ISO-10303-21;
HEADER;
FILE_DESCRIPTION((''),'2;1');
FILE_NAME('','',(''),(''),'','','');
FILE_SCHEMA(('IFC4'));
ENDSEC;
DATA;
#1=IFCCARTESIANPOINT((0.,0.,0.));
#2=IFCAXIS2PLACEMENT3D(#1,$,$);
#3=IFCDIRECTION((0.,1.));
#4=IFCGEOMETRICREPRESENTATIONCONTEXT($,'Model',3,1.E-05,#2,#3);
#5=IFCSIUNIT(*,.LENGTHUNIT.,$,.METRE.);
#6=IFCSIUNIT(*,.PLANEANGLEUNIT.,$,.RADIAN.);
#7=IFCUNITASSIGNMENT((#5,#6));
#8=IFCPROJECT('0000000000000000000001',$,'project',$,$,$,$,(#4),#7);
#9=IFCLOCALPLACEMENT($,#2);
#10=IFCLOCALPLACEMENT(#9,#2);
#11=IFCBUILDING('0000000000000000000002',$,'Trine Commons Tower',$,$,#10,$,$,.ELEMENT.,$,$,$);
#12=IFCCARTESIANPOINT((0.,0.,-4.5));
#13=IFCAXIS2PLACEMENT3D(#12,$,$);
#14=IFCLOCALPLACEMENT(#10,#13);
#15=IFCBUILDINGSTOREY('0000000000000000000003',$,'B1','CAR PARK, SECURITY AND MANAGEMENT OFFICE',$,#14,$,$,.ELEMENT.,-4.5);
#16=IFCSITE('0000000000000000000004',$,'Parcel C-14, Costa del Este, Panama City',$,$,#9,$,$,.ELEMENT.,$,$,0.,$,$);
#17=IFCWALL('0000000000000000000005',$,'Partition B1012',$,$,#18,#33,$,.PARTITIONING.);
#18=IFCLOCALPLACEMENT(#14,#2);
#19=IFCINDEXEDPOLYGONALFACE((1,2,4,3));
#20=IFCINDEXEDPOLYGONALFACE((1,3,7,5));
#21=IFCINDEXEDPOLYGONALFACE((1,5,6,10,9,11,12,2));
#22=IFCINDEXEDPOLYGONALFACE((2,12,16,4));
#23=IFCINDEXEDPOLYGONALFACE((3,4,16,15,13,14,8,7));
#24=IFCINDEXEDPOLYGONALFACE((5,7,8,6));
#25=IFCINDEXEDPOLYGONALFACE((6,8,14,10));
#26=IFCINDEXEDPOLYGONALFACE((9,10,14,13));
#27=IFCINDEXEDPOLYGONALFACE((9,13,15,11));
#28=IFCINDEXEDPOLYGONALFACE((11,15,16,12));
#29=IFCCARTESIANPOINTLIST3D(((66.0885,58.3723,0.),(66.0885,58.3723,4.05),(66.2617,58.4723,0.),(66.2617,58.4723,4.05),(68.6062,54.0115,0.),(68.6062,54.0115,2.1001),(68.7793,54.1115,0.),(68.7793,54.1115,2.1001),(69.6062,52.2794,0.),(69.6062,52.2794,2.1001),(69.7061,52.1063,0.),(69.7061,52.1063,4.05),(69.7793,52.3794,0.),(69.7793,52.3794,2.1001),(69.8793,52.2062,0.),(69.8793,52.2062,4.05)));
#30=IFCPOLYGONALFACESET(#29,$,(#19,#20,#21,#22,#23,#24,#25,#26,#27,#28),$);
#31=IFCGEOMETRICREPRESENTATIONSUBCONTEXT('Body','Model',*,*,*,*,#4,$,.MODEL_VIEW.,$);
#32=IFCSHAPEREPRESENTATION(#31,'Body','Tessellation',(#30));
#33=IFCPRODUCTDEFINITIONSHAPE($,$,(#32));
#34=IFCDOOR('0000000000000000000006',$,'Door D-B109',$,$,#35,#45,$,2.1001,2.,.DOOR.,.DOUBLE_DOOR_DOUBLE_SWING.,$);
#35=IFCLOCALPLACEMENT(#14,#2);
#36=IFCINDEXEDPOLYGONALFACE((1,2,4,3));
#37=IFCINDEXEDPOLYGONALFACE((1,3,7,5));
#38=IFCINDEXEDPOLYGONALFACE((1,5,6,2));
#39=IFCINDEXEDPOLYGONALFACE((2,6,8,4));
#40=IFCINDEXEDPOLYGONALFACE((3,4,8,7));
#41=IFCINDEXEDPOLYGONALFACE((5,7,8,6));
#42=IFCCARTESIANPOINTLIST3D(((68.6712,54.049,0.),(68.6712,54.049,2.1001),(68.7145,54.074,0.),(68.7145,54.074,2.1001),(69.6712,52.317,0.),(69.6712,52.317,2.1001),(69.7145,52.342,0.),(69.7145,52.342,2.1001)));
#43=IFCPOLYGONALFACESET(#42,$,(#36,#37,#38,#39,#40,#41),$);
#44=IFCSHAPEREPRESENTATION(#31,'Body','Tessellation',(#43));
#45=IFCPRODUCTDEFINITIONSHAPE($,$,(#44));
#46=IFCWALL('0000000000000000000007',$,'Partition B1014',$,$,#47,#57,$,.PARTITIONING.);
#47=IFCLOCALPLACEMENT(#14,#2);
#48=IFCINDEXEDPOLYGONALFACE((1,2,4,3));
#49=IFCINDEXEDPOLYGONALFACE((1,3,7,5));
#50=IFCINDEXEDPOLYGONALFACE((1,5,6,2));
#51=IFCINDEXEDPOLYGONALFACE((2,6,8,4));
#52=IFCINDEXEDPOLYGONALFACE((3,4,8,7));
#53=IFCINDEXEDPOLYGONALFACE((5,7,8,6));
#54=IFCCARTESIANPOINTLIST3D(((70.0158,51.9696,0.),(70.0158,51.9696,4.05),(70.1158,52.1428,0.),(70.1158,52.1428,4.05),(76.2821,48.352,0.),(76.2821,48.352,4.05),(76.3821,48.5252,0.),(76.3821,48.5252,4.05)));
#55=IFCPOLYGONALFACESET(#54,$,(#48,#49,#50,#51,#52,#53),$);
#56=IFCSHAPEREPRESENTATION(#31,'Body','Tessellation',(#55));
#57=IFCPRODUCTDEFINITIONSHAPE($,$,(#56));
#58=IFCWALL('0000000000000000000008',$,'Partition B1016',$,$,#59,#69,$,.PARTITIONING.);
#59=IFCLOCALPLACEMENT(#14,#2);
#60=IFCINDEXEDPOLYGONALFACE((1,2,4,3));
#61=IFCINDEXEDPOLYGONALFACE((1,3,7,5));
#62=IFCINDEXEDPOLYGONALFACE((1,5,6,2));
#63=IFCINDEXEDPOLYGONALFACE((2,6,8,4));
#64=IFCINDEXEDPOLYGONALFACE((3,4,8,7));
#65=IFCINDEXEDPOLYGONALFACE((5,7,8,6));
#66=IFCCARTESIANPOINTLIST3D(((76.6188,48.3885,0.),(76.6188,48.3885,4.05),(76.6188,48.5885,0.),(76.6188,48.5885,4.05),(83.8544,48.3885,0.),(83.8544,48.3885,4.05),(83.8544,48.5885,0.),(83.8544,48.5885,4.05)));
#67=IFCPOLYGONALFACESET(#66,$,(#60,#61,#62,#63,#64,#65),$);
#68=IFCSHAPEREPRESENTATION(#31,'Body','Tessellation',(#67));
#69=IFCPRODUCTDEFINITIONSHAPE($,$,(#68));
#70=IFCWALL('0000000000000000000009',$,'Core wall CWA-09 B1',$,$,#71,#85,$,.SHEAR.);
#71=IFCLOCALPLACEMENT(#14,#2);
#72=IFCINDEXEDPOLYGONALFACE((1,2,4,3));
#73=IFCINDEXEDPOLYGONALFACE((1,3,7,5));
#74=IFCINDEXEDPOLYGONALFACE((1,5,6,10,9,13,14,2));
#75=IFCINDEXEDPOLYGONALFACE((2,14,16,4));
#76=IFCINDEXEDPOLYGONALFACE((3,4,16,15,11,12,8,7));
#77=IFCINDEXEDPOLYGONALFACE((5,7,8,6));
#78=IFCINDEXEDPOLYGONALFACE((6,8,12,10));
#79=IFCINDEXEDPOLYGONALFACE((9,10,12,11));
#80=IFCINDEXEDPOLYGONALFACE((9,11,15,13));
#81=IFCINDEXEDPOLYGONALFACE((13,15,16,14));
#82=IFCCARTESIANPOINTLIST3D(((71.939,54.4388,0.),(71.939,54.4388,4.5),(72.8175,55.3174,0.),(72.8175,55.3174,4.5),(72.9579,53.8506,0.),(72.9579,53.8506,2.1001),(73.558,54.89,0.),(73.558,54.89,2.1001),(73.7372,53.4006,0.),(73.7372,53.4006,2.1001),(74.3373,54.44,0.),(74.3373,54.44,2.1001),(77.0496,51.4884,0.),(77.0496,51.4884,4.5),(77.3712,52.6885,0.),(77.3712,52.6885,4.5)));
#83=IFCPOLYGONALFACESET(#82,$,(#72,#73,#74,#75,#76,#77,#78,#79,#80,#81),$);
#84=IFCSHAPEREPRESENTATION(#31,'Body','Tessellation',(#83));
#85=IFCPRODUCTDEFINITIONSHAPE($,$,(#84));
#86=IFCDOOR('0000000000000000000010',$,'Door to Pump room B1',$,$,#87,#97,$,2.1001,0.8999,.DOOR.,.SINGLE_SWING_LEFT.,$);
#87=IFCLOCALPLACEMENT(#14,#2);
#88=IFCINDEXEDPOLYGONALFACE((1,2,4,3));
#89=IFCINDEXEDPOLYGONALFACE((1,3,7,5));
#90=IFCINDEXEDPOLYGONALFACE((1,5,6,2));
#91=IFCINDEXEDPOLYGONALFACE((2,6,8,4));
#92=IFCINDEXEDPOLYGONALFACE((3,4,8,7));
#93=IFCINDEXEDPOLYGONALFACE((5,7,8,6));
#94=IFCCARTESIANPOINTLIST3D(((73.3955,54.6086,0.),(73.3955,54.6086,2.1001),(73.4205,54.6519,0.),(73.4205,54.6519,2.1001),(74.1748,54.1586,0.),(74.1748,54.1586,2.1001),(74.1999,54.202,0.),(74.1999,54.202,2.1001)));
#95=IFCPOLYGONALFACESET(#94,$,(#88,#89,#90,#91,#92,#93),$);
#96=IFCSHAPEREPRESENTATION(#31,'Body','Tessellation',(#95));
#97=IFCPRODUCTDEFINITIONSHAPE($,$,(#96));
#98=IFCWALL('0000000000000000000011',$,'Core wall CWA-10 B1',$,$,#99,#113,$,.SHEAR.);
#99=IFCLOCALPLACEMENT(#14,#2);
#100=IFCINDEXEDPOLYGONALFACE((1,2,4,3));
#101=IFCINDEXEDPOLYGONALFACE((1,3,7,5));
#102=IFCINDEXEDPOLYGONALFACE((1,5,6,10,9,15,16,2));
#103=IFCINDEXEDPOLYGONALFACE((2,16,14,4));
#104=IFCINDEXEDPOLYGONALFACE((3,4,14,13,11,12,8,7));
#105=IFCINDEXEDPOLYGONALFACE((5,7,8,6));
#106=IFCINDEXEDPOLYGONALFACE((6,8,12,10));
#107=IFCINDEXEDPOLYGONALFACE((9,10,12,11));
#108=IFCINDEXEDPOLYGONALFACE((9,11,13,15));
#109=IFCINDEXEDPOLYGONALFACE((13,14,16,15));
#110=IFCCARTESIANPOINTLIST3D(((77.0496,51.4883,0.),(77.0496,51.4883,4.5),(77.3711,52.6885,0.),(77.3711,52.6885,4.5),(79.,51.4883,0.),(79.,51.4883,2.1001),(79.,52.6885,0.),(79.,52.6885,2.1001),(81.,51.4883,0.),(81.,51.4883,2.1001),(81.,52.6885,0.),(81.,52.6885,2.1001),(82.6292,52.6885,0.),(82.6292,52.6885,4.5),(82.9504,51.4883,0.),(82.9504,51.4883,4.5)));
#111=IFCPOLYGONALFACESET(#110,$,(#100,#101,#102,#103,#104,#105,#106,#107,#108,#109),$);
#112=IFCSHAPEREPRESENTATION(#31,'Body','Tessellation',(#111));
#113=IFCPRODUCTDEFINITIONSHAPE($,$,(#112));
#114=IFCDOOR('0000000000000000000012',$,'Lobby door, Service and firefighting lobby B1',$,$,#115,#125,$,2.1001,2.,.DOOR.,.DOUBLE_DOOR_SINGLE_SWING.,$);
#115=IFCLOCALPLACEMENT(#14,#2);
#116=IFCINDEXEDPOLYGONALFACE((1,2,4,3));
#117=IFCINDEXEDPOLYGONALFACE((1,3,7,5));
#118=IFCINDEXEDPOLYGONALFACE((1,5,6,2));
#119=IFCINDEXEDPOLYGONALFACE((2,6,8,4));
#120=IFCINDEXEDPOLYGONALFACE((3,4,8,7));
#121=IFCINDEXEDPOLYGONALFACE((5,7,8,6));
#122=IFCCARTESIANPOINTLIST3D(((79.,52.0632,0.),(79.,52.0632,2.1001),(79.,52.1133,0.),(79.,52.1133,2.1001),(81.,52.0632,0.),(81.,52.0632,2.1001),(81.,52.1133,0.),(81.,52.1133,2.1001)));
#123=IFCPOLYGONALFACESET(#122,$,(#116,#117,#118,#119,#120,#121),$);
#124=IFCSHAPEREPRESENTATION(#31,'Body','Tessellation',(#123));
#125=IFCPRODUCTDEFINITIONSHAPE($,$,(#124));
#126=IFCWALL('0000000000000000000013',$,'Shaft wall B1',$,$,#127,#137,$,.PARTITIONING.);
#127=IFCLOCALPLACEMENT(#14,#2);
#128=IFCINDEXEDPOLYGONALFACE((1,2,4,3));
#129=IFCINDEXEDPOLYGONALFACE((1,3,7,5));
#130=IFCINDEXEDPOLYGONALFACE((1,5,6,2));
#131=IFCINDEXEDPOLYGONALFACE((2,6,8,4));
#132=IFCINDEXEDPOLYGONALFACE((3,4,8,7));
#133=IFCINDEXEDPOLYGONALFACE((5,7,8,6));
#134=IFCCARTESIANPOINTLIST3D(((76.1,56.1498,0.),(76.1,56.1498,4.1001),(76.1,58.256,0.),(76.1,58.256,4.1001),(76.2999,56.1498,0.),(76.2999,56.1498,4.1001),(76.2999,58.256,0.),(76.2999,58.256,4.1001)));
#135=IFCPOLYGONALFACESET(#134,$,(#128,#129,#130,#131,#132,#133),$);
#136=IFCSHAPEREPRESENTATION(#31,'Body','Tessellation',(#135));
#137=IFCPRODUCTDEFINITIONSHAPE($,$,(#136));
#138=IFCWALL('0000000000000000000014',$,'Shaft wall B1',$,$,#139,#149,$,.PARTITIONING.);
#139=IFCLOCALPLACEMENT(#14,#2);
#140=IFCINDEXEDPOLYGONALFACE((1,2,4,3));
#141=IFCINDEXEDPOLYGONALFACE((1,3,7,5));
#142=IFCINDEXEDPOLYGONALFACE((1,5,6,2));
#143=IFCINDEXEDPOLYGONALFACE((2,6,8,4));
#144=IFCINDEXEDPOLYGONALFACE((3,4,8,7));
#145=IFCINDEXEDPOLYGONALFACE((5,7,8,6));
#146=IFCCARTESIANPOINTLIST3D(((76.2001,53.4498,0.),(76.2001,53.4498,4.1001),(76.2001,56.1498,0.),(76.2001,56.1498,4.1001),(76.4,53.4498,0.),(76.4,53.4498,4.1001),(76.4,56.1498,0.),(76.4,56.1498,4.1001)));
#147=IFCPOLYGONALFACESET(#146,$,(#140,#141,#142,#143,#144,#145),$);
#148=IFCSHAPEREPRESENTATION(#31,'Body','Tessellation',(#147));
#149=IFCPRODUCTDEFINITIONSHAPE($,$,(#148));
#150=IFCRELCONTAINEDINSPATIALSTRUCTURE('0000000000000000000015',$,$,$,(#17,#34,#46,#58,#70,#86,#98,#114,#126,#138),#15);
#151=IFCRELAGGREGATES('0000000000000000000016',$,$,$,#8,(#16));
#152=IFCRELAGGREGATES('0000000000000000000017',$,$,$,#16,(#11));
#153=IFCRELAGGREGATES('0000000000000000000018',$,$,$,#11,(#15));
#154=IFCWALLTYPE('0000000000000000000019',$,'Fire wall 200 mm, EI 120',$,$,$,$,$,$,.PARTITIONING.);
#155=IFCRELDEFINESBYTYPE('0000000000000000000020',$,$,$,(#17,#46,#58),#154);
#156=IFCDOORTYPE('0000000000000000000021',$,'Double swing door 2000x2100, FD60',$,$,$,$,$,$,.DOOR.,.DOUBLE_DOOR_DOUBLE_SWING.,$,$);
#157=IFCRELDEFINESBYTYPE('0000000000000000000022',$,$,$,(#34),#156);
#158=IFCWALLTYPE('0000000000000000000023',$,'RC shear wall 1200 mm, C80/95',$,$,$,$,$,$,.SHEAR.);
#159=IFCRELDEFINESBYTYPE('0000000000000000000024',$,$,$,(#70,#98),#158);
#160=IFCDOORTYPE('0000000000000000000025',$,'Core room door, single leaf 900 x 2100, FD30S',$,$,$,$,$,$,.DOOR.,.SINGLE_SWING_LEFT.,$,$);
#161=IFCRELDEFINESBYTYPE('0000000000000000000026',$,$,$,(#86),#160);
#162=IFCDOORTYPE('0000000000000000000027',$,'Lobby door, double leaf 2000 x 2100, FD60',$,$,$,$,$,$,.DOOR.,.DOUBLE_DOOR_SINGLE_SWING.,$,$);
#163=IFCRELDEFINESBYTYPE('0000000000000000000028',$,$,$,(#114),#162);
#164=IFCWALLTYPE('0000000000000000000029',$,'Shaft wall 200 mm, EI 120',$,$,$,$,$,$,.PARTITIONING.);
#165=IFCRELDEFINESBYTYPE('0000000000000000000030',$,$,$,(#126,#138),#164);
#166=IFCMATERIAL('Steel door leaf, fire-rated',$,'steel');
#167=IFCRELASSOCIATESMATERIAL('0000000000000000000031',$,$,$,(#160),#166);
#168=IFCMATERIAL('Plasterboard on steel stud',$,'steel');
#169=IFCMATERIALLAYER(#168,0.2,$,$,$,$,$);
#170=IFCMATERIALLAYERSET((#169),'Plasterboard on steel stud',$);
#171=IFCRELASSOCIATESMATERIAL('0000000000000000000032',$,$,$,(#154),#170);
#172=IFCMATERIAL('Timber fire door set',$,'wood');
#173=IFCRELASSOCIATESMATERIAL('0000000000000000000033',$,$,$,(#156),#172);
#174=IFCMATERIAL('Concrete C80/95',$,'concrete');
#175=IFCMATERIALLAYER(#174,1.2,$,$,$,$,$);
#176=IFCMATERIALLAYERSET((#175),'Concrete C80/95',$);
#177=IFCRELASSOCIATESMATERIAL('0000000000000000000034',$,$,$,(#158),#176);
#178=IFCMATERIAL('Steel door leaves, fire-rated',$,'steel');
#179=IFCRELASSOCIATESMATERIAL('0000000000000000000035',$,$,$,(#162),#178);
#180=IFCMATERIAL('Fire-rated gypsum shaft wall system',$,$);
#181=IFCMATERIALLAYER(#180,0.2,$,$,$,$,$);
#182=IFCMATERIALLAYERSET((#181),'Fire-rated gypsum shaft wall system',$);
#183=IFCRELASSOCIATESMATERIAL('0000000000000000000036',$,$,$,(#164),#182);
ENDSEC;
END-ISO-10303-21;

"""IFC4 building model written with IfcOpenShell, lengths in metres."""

from ifc_helpers import new_model, si_unit, direction, frame, frame_2d, origin, place, context, subcontext, project, spatial, polyline, rectangle, outline, extrude, material, layer, layer_set, type_object, element, fill, save


model = new_model("IFC4")

# Units and contexts
model_context = context("Model", 3, precision=1e-05, world=origin(), true_north=direction((0.0, 1.0)))
body_context = subcontext(model_context, "Body", "Model", "MODEL_VIEW")
ifc_project = project(units=[si_unit("LENGTHUNIT", "METRE"), si_unit("PLANEANGLEUNIT", "RADIAN")], contexts=[model_context])

# Site, building, storey
site_placement = place(None, origin())
site = spatial("IfcSite", under=ifc_project, at=site_placement, Name="Parcel C-14, Costa del Este, Panama City", CompositionType="ELEMENT", RefElevation=0.0)
building_placement = place(site_placement, origin())
building = spatial("IfcBuilding", under=site, at=building_placement, Name="Trine Commons Tower", CompositionType="ELEMENT")
storey_placement = place(building_placement, frame((0.0, 0.0, -4.5)))
storey = spatial("IfcBuildingStorey", under=building, at=storey_placement, Name="B1", Description="CAR PARK, SECURITY AND MANAGEMENT OFFICE", CompositionType="ELEMENT", Elevation=-4.5)

# Shared definitions
ifc_material_1 = material(Name="Concrete C80/95", Category="concrete")

# Wall, opening, door
ifc_material_2 = material(Name="Steel door leaf, fire-rated", Category="steel")
door_type_1 = type_object("IfcDoorType", Name="Core room door, single leaf 900 x 2100, FD30S", OperationType="SINGLE_SWING_LEFT", PredefinedType="DOOR", material=ifc_material_2)
ifc_material_3 = material(Name="Plasterboard on steel stud", Category="steel")
ifc_layer_1 = layer(ifc_material_3, 0.2)
ifc_layer_set_1 = layer_set([ifc_layer_1], Name="Plasterboard on steel stud")
wall_type_1 = type_object("IfcWallType", Name="Fire wall 200 mm, EI 120", PredefinedType="PARTITIONING", material=ifc_layer_set_1)
wall_1_placement = place(storey_placement, frame((69.7927, 52.1562, 0.0), z_axis=(0.0, 0.0, 1.0), x_axis=(-0.499993, 0.866029, 0.0)))
wall_1 = element("IfcWall", 1, at=wall_1_placement, inside=storey, type_object=wall_type_1, Name="Partition B1012", PredefinedType="PARTITIONING", context=body_context, shape_type="SweptSolid", body=[
    extrude(rectangle(XDim=7.2354, YDim=0.2, at=frame_2d((3.6177, 0.0))), origin(), (0.0, 0.0, 1.0), 4.05),
])
opening_1_placement = place(wall_1_placement, frame((0.2, 0.0, 0.0)))
opening_1 = element("IfcOpeningElement", 2, at=opening_1_placement, cuts=wall_1, PredefinedType="OPENING", context=body_context, shape_type="SweptSolid", body=[
    extrude(rectangle(XDim=2.0, YDim=2.1001, at=frame_2d((1.0, 1.05))), frame((0.0, 0.1099, 0.0), z_axis=(0.0, -1.0, 0.0), x_axis=(1.0, 0.0, 0.0)), (0.0, 0.0, 1.0), 0.22),
])
ifc_material_4 = material(Name="Timber fire door set", Category="wood")
door_type_2 = type_object("IfcDoorType", Name="Double swing door 2000x2100, FD60", OperationType="DOUBLE_DOOR_DOUBLE_SWING", PredefinedType="DOOR", material=ifc_material_4)
door_1_placement = place(opening_1_placement, origin())
door_1 = element("IfcDoor", 3, at=door_1_placement, inside=storey, type_object=door_type_2, Name="Door D-B109", OperationType="DOUBLE_DOOR_DOUBLE_SWING", OverallHeight=2.1001, OverallWidth=2.0, PredefinedType="DOOR", context=body_context, shape_type="SweptSolid", body=[
    extrude(rectangle(XDim=2.0, YDim=2.1001, at=frame_2d((1.0, 1.05))), frame((0.0, 0.0249, 0.0), z_axis=(0.0, -1.0, 0.0), x_axis=(1.0, 0.0, 0.0)), (0.0, 0.0, 1.0), 0.05),
])
fill(opening_1, door_1)

# Walls
for number, where, z_axis, x_axis, name in (
    (4, (70.0659, 52.0562, 0.0), (0.0, 0.0, 1.0), (0.866038, -0.499979, 0.0), "Partition B1014"),
    (5, (76.6189, 48.4885, 0.0), (0.0, 0.0, 1.0), (1.0, 0.0, 0.0), "Partition B1016"),
):
    element("IfcWall", number, at=place(storey_placement, frame(where, z_axis=z_axis, x_axis=x_axis)), inside=storey, type_object=wall_type_1, Name=name, PredefinedType="PARTITIONING", context=body_context, shape_type="SweptSolid", body=[
        extrude(rectangle(XDim=7.2356, YDim=0.2, at=frame_2d((3.6177, 0.0))), origin(), (0.0, 0.0, 1.0), 4.05),
    ])

# Walls, openings, doors
ifc_layer_2 = layer(ifc_material_1, 1.2)
ifc_layer_set_2 = layer_set([ifc_layer_2], Name="Concrete C80/95")
wall_type_2 = type_object("IfcWallType", Name="RC shear wall 1200 mm, C80/95", PredefinedType="SHEAR", material=ifc_layer_set_2)
wall_2_placement = place(storey_placement, frame((72.239, 54.9585, 0.0), z_axis=(0.0, 0.0, 1.0), x_axis=(0.866037, -0.499979, 0.0)))
wall_2 = element("IfcWall", 6, at=wall_2_placement, inside=storey, type_object=wall_type_2, Name="Core wall CWA-09 B1", PredefinedType="SHEAR", context=body_context, shape_type="SweptSolid", body=[
    extrude(outline(polyline([(0.0, -0.6001), (5.9011, -0.6001), (5.5796, 0.6001), (0.3215, 0.6001), (0.0, -0.6001)])), origin(), (0.0, 0.0, 1.0), 4.5),
])
opening_2_placement = place(wall_2_placement, frame((1.1765, 0.0, 0.0)))
opening_2 = element("IfcOpeningElement", 7, at=opening_2_placement, cuts=wall_2, PredefinedType="OPENING", context=body_context, shape_type="SweptSolid", body=[
    extrude(rectangle(XDim=0.8999, YDim=2.1001, at=frame_2d((0.45, 1.05))), frame((0.0, 0.6099, 0.0), z_axis=(0.0, -1.0, 0.0), x_axis=(1.0, 0.0, 0.0)), (0.0, 0.0, 1.0), 1.22),
])
door_2_placement = place(opening_2_placement, origin())
door_2 = element("IfcDoor", 8, at=door_2_placement, inside=storey, type_object=door_type_1, Name="Door to Pump room B1", OperationType="SINGLE_SWING_LEFT", OverallHeight=2.1001, OverallWidth=0.8999, PredefinedType="DOOR", context=body_context, shape_type="SweptSolid", body=[
    extrude(rectangle(XDim=0.8999, YDim=2.1001, at=frame_2d((0.45, 1.05))), frame((0.0, 0.3252, 0.0), z_axis=(0.0, -1.0, 0.0), x_axis=(1.0, 0.0, 0.0)), (0.0, 0.0, 1.0), 0.05),
])
fill(opening_2, door_2)
wall_3_placement = place(storey_placement, frame((77.0496, 52.0884, 0.0), z_axis=(0.0, 0.0, 1.0), x_axis=(1.0, 0.0, 0.0)))
wall_3 = element("IfcWall", 9, at=wall_3_placement, inside=storey, type_object=wall_type_2, Name="Core wall CWA-10 B1", PredefinedType="SHEAR", context=body_context, shape_type="SweptSolid", body=[
    extrude(outline(polyline([(0.0, -0.6001), (5.9009, -0.6001), (5.5796, 0.6001), (0.3215, 0.6001), (0.0, -0.6001)])), origin(), (0.0, 0.0, 1.0), 4.5),
])
opening_3_placement = place(wall_3_placement, frame((1.9504, 0.0, 0.0)))
opening_3 = element("IfcOpeningElement", 10, at=opening_3_placement, cuts=wall_3, PredefinedType="OPENING", context=body_context, shape_type="SweptSolid", body=[
    extrude(rectangle(XDim=2.0, YDim=2.1001, at=frame_2d((1.0, 1.05))), frame((0.0, 0.6099, 0.0), z_axis=(0.0, -1.0, 0.0), x_axis=(1.0, 0.0, 0.0)), (0.0, 0.0, 1.0), 1.22),
])
ifc_material_5 = material(Name="Steel door leaves, fire-rated", Category="steel")
door_type_3 = type_object("IfcDoorType", Name="Lobby door, double leaf 2000 x 2100, FD60", OperationType="DOUBLE_DOOR_SINGLE_SWING", PredefinedType="DOOR", material=ifc_material_5)
door_3_placement = place(opening_3_placement, origin())
door_3 = element("IfcDoor", 11, at=door_3_placement, inside=storey, type_object=door_type_3, Name="Lobby door, Service and firefighting lobby B1", OperationType="DOUBLE_DOOR_SINGLE_SWING", OverallHeight=2.1001, OverallWidth=2.0, PredefinedType="DOOR", context=body_context, shape_type="SweptSolid", body=[
    extrude(rectangle(XDim=2.0, YDim=2.1001, at=frame_2d((1.0, 1.05))), frame((0.0, 0.0249, 0.0), z_axis=(0.0, -1.0, 0.0), x_axis=(1.0, 0.0, 0.0)), (0.0, 0.0, 1.0), 0.05),
])
fill(opening_3, door_3)

# Walls
ifc_material_6 = material(Name="Fire-rated gypsum shaft wall system")
ifc_layer_3 = layer(ifc_material_6, 0.2)
ifc_layer_set_3 = layer_set([ifc_layer_3], Name="Fire-rated gypsum shaft wall system")
wall_type_3 = type_object("IfcWallType", Name="Shaft wall 200 mm, EI 120", PredefinedType="PARTITIONING", material=ifc_layer_set_3)
wall_4_placement = place(storey_placement, frame((76.2, 58.2561, 0.0), z_axis=(0.0, 0.0, 1.0), x_axis=(0.0, -1.0, 0.0)))
element("IfcWall", 12, at=wall_4_placement, inside=storey, type_object=wall_type_3, Name="Shaft wall B1", PredefinedType="PARTITIONING", context=body_context, shape_type="SweptSolid", body=[
    extrude(rectangle(XDim=2.1062, YDim=0.2, at=frame_2d((1.0532, 0.0))), origin(), (0.0, 0.0, 1.0), 4.1001),
])
wall_5_placement = place(storey_placement, frame((76.3, 56.1499, 0.0), z_axis=(0.0, 0.0, 1.0), x_axis=(0.0, -1.0, 0.0)))
element("IfcWall", 13, at=wall_5_placement, inside=storey, type_object=wall_type_3, Name="Shaft wall B1", PredefinedType="PARTITIONING", context=body_context, shape_type="SweptSolid", body=[
    extrude(rectangle(XDim=2.7, YDim=0.2, at=frame_2d((1.3501, 0.0))), origin(), (0.0, 0.0, 1.0), 4.1001),
])

save(model, "model.ifc")
